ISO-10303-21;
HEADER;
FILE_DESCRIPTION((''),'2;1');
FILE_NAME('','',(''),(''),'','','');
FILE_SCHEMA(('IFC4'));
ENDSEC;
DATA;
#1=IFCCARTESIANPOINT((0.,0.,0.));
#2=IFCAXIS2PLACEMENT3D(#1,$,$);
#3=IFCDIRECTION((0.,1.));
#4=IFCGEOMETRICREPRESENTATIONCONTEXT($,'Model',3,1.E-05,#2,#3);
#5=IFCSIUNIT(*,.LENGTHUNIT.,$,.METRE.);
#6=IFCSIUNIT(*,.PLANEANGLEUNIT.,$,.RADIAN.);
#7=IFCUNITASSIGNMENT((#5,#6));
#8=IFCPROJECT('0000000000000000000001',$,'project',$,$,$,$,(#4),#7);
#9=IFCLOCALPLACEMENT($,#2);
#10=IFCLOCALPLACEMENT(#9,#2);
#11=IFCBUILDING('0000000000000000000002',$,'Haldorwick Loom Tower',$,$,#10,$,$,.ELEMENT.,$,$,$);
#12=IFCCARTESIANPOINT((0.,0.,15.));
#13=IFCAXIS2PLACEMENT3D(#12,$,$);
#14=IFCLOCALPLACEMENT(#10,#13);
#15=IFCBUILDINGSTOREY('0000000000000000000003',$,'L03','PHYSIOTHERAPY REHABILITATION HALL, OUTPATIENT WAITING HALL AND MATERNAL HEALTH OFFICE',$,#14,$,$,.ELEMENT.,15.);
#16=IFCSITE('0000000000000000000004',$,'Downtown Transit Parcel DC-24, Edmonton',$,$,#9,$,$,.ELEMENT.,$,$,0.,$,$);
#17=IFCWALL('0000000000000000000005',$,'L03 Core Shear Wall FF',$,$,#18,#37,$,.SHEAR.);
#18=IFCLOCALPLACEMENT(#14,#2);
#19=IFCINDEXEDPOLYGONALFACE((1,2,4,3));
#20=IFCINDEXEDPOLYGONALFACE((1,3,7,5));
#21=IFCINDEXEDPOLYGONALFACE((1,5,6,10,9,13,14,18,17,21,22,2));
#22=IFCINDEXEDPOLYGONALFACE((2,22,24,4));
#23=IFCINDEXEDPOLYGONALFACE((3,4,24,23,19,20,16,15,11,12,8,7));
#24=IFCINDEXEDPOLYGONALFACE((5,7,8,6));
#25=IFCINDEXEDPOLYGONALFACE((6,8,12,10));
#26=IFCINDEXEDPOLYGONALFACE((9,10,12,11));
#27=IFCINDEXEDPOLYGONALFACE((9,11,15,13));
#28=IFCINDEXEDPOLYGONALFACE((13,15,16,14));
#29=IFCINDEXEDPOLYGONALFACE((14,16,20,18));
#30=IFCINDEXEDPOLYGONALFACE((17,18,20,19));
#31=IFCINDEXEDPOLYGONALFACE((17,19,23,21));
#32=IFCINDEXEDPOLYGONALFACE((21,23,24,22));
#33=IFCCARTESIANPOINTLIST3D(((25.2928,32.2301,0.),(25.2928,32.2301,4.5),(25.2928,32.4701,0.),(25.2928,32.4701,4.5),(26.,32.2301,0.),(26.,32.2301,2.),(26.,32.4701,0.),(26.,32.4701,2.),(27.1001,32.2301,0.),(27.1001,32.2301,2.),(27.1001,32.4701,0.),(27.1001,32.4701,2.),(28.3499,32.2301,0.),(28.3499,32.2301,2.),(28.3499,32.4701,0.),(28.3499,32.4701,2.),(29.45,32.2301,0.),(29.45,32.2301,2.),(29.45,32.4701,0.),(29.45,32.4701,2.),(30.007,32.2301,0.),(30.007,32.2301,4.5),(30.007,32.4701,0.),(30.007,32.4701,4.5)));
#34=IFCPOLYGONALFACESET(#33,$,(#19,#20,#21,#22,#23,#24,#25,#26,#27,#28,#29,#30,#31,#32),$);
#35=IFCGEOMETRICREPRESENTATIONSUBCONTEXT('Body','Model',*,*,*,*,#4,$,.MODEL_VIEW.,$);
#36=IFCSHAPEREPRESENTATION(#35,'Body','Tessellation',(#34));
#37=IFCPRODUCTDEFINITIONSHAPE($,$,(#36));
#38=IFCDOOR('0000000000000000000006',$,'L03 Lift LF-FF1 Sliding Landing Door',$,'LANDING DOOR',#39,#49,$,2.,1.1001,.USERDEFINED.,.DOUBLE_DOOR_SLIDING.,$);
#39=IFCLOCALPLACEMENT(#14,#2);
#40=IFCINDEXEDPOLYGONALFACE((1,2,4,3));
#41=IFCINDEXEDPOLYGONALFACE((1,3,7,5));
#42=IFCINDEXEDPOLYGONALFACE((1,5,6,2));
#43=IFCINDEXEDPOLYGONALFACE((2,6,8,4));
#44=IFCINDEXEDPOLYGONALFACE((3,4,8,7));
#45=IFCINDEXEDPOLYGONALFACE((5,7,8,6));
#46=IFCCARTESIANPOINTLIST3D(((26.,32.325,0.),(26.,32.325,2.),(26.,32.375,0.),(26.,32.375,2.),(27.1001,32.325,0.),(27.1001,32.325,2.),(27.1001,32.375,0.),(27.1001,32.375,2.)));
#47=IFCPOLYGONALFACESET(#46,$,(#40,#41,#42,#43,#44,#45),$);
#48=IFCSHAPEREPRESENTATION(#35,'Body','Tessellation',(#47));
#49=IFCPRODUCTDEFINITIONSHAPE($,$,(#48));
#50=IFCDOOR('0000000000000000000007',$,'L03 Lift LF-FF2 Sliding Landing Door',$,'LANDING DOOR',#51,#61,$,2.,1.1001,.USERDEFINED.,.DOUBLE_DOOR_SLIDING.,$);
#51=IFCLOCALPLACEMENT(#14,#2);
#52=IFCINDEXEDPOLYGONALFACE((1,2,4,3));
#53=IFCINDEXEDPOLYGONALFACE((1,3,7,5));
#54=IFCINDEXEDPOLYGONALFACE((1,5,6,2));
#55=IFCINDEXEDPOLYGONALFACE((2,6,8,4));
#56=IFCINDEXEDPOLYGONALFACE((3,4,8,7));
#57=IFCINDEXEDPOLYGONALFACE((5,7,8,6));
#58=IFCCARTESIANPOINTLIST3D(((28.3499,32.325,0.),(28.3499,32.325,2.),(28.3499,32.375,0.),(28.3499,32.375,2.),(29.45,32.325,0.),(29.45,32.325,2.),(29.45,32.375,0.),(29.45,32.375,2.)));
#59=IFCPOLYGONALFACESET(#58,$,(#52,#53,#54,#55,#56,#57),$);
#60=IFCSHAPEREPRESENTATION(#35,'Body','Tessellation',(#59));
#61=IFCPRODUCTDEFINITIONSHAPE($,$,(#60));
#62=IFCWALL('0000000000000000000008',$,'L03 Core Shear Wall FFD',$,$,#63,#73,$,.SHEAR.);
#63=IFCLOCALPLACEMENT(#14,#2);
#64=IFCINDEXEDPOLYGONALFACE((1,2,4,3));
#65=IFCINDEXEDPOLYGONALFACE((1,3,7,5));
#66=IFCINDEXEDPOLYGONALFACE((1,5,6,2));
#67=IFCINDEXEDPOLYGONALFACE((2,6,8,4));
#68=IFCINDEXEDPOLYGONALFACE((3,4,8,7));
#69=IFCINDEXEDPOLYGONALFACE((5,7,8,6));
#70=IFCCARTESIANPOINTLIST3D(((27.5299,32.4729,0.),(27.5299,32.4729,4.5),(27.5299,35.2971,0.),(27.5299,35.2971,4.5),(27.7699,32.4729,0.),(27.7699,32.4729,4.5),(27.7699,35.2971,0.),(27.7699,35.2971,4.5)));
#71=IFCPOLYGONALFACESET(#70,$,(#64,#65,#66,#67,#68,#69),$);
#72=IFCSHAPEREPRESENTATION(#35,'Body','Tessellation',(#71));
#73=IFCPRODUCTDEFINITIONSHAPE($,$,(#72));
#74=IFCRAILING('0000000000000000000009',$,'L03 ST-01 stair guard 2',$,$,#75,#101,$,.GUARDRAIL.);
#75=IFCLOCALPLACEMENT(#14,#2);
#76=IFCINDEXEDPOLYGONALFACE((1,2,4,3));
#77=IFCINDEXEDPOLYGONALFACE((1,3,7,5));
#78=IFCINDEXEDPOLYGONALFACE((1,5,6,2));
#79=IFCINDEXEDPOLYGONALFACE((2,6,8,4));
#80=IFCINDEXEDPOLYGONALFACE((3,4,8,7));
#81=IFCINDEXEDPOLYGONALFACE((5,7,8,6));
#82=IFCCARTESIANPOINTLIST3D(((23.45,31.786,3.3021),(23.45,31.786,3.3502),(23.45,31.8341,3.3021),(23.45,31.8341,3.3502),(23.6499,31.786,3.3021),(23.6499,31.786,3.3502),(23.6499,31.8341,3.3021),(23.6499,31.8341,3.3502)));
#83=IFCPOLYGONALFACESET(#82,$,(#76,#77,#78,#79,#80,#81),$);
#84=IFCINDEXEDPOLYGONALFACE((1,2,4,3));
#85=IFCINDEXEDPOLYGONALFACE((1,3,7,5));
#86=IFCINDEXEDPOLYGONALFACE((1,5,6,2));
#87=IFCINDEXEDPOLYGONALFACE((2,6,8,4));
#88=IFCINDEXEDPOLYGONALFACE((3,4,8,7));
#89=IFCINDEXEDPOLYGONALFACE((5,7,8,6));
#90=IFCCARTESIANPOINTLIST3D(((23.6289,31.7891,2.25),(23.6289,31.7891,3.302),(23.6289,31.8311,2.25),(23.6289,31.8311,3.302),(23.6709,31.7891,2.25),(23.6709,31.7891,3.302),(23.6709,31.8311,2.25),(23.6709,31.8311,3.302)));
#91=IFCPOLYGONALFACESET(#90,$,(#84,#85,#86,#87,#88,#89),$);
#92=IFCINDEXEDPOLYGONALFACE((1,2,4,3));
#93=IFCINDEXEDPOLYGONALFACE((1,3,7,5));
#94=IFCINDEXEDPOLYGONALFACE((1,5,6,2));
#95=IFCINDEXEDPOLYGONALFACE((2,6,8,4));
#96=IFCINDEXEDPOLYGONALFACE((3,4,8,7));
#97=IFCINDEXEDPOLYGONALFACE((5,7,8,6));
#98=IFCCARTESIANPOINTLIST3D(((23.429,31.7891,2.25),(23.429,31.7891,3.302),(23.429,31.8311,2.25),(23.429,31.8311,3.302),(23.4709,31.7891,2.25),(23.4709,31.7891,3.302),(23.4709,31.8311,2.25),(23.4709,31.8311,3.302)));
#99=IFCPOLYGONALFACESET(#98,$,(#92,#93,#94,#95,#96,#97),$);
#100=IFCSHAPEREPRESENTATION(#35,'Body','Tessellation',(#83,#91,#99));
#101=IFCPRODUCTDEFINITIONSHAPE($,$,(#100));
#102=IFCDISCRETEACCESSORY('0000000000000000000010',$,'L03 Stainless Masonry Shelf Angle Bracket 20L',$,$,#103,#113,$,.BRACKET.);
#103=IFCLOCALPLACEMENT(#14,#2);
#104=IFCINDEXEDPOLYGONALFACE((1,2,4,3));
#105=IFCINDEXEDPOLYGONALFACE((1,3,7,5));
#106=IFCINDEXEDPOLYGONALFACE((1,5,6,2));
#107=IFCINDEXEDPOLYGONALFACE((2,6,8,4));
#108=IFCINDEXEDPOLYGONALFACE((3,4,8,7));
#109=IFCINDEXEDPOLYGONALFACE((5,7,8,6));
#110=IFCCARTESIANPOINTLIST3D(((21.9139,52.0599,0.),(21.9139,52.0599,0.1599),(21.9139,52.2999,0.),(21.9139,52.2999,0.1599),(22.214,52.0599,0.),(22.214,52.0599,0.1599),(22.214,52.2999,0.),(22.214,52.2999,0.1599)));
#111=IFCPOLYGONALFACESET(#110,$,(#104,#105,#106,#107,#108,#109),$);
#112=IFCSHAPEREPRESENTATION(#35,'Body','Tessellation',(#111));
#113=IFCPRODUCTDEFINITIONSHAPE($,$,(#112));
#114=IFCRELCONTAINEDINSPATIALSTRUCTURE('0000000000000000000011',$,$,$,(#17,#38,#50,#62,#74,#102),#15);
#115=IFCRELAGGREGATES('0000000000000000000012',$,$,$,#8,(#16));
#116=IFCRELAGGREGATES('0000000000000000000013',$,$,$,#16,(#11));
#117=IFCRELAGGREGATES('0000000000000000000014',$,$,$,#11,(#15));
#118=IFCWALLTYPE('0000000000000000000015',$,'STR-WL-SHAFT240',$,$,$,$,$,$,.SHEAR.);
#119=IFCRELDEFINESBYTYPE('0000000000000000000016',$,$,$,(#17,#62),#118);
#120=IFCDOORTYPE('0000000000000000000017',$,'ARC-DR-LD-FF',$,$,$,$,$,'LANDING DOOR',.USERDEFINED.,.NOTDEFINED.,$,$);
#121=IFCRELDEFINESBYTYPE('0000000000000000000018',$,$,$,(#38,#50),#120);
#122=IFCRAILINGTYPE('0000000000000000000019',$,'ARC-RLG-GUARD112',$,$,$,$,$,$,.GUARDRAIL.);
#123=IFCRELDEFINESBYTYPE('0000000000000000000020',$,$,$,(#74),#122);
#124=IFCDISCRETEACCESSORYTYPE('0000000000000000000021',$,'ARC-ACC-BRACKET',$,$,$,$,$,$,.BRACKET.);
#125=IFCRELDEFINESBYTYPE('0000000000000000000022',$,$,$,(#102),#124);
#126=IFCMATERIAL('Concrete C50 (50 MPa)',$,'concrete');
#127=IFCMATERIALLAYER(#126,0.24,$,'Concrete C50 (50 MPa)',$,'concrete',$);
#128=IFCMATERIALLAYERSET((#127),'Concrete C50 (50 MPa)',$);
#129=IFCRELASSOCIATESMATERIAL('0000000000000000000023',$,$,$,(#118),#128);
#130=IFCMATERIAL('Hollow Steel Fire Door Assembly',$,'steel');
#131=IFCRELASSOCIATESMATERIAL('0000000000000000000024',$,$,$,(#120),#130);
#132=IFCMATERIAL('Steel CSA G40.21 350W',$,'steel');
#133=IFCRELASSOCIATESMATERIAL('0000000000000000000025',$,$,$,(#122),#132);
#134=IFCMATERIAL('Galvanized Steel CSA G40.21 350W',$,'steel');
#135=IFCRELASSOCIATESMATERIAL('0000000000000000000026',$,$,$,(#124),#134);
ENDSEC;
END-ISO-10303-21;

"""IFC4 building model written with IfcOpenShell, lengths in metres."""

from ifc_helpers import new_model, si_unit, direction, frame, frame_2d, origin, origin_2d, place, context, subcontext, project, spatial, rectangle, extrude, material, layer, layer_set, type_object, element, fill, save


model = new_model("IFC4")

# Units and contexts
model_context = context("Model", 3, precision=1e-05, world=origin(), true_north=direction((0.0, 1.0)))
body_context = subcontext(model_context, "Body", "Model", "MODEL_VIEW")
ifc_project = project(units=[si_unit("LENGTHUNIT", "METRE"), si_unit("PLANEANGLEUNIT", "RADIAN")], contexts=[model_context])

# Site, building, storey
site_placement = place(None, origin())
site = spatial("IfcSite", under=ifc_project, at=site_placement, Name="Downtown Transit Parcel DC-24, Edmonton", CompositionType="ELEMENT", RefElevation=0.0)
building_placement = place(site_placement, origin())
building = spatial("IfcBuilding", under=site, at=building_placement, Name="Haldorwick Loom Tower", CompositionType="ELEMENT")
storey_placement = place(building_placement, frame((0.0, 0.0, 15.0)))
storey = spatial("IfcBuildingStorey", under=building, at=storey_placement, Name="L03", Description="PHYSIOTHERAPY REHABILITATION HALL, OUTPATIENT WAITING HALL AND MATERNAL HEALTH OFFICE", CompositionType="ELEMENT", Elevation=15.0)

# Shared definitions
ifc_material_1 = material(Name="Concrete C50 (50 MPa)", Category="concrete")
ifc_layer_1 = layer(ifc_material_1, 0.24, Name="Concrete C50 (50 MPa)", Category="concrete")
ifc_layer_set_1 = layer_set([ifc_layer_1], Name="Concrete C50 (50 MPa)")
wall_type_1 = type_object("IfcWallType", Name="STR-WL-SHAFT240", PredefinedType="SHEAR", material=ifc_layer_set_1)

# Wall, openings, doors
wall_1_placement = place(storey_placement, frame((25.293, 32.3501, 0.0), z_axis=(0.0, 0.0, 1.0), x_axis=(1.0, 0.0, 0.0)))
wall_1 = element("IfcWall", 1, at=wall_1_placement, inside=storey, type_object=wall_type_1, Name="L03 Core Shear Wall FF", PredefinedType="SHEAR", context=body_context, shape_type="SweptSolid", body=[
    extrude(rectangle(XDim=4.7141, YDim=0.24, at=frame_2d((2.3569, 0.0))), origin(), (0.0, 0.0, 1.0), 4.5),
])
opening_1_placement = place(wall_1_placement, frame((0.707, 0.0, 0.0)))
opening_1 = element("IfcOpeningElement", 2, at=opening_1_placement, cuts=wall_1, PredefinedType="OPENING", context=body_context, shape_type="SweptSolid", body=[
    extrude(rectangle(XDim=1.1001, YDim=2.0, at=frame_2d((0.55, 1.0))), frame((0.0, 0.1299, 0.0), z_axis=(0.0, -1.0, 0.0), x_axis=(1.0, 0.0, 0.0)), (0.0, 0.0, 1.0), 0.26),
])
opening_2_placement = place(wall_1_placement, frame((3.0569, 0.0, 0.0)))
opening_2 = element("IfcOpeningElement", 3, at=opening_2_placement, cuts=wall_1, PredefinedType="OPENING", context=body_context, shape_type="SweptSolid", body=[
    extrude(rectangle(XDim=1.1001, YDim=2.0, at=frame_2d((0.55, 1.0))), frame((0.0, 0.1299, 0.0), z_axis=(0.0, -1.0, 0.0), x_axis=(1.0, 0.0, 0.0)), (0.0, 0.0, 1.0), 0.26),
])
ifc_material_2 = material(Name="Hollow Steel Fire Door Assembly", Category="steel")
door_type = type_object("IfcDoorType", Name="ARC-DR-LD-FF", ElementType="LANDING DOOR", OperationType="NOTDEFINED", PredefinedType="USERDEFINED", material=ifc_material_2)
door_1_placement = place(opening_1_placement, origin())
door_1 = element("IfcDoor", 4, at=door_1_placement, inside=storey, type_object=door_type, Name="L03 Lift LF-FF1 Sliding Landing Door", ObjectType="LANDING DOOR", OperationType="DOUBLE_DOOR_SLIDING", OverallHeight=2.0, OverallWidth=1.1001, PredefinedType="USERDEFINED", context=body_context, shape_type="SweptSolid", body=[
    extrude(rectangle(XDim=1.1001, YDim=2.0, at=frame_2d((0.55, 1.0))), frame((0.0, 0.0249, 0.0), z_axis=(0.0, -1.0, 0.0), x_axis=(1.0, 0.0, 0.0)), (0.0, 0.0, 1.0), 0.05),
])
fill(opening_1, door_1)
door_2_placement = place(opening_2_placement, origin())
door_2 = element("IfcDoor", 5, at=door_2_placement, inside=storey, type_object=door_type, Name="L03 Lift LF-FF2 Sliding Landing Door", ObjectType="LANDING DOOR", OperationType="DOUBLE_DOOR_SLIDING", OverallHeight=2.0, OverallWidth=1.1001, PredefinedType="USERDEFINED", context=body_context, shape_type="SweptSolid", body=[
    extrude(rectangle(XDim=1.1001, YDim=2.0, at=frame_2d((0.55, 1.0))), frame((0.0, 0.0249, 0.0), z_axis=(0.0, -1.0, 0.0), x_axis=(1.0, 0.0, 0.0)), (0.0, 0.0, 1.0), 0.05),
])
fill(opening_2, door_2)

# Wall
wall_2_placement = place(storey_placement, frame((27.6499, 32.4729, 0.0), z_axis=(0.0, 0.0, 1.0), x_axis=(0.0, 1.0, 0.0)))
element("IfcWall", 6, at=wall_2_placement, inside=storey, type_object=wall_type_1, Name="L03 Core Shear Wall FFD", PredefinedType="SHEAR", context=body_context, shape_type="SweptSolid", body=[
    extrude(rectangle(XDim=2.8242, YDim=0.24, at=frame_2d((1.4121, 0.0))), origin(), (0.0, 0.0, 1.0), 4.5),
])

# Railing
ifc_material_3 = material(Name="Steel CSA G40.21 350W", Category="steel")
railing_type = type_object("IfcRailingType", Name="ARC-RLG-GUARD112", PredefinedType="GUARDRAIL", material=ifc_material_3)
railing_placement = place(storey_placement, frame((23.6499, 31.8101, 2.25)))
element("IfcRailing", 7, at=railing_placement, inside=storey, type_object=railing_type, Name="L03 ST-01 stair guard 2", PredefinedType="GUARDRAIL", context=body_context, shape_type="SweptSolid", body=[
    extrude(rectangle(XDim=0.0481, YDim=0.0481, at=origin_2d()), frame((0.0, 0.0, 1.0762), z_axis=(-1.0, 0.0, 0.0), x_axis=(0.0, -1.0, 0.0)), (0.0, 0.0, 1.0), 0.2),
    extrude(rectangle(XDim=0.042, YDim=0.042, at=origin_2d()), origin(), (0.0, 0.0, 1.0), 1.052),
    extrude(rectangle(XDim=0.042, YDim=0.042, at=origin_2d()), frame((-0.2, 0.0, 0.0)), (0.0, 0.0, 1.0), 1.052),
])

# Discrete accessory
ifc_material_4 = material(Name="Galvanized Steel CSA G40.21 350W", Category="steel")
discrete_accessory_type = type_object("IfcDiscreteAccessoryType", Name="ARC-ACC-BRACKET", PredefinedType="BRACKET", material=ifc_material_4)
discrete_accessory_placement = place(storey_placement, frame((22.064, 52.1799, 0.0), z_axis=(0.0, 0.0, 1.0), x_axis=(-1.0, 0.0, 0.0)))
element("IfcDiscreteAccessory", 8, at=discrete_accessory_placement, inside=storey, type_object=discrete_accessory_type, Name="L03 Stainless Masonry Shelf Angle Bracket 20L", PredefinedType="BRACKET", context=body_context, shape_type="SweptSolid", body=[
    extrude(rectangle(XDim=0.3, YDim=0.24, at=origin_2d()), origin(), (0.0, 0.0, 1.0), 0.1599),
])

save(model, "model.ifc")
